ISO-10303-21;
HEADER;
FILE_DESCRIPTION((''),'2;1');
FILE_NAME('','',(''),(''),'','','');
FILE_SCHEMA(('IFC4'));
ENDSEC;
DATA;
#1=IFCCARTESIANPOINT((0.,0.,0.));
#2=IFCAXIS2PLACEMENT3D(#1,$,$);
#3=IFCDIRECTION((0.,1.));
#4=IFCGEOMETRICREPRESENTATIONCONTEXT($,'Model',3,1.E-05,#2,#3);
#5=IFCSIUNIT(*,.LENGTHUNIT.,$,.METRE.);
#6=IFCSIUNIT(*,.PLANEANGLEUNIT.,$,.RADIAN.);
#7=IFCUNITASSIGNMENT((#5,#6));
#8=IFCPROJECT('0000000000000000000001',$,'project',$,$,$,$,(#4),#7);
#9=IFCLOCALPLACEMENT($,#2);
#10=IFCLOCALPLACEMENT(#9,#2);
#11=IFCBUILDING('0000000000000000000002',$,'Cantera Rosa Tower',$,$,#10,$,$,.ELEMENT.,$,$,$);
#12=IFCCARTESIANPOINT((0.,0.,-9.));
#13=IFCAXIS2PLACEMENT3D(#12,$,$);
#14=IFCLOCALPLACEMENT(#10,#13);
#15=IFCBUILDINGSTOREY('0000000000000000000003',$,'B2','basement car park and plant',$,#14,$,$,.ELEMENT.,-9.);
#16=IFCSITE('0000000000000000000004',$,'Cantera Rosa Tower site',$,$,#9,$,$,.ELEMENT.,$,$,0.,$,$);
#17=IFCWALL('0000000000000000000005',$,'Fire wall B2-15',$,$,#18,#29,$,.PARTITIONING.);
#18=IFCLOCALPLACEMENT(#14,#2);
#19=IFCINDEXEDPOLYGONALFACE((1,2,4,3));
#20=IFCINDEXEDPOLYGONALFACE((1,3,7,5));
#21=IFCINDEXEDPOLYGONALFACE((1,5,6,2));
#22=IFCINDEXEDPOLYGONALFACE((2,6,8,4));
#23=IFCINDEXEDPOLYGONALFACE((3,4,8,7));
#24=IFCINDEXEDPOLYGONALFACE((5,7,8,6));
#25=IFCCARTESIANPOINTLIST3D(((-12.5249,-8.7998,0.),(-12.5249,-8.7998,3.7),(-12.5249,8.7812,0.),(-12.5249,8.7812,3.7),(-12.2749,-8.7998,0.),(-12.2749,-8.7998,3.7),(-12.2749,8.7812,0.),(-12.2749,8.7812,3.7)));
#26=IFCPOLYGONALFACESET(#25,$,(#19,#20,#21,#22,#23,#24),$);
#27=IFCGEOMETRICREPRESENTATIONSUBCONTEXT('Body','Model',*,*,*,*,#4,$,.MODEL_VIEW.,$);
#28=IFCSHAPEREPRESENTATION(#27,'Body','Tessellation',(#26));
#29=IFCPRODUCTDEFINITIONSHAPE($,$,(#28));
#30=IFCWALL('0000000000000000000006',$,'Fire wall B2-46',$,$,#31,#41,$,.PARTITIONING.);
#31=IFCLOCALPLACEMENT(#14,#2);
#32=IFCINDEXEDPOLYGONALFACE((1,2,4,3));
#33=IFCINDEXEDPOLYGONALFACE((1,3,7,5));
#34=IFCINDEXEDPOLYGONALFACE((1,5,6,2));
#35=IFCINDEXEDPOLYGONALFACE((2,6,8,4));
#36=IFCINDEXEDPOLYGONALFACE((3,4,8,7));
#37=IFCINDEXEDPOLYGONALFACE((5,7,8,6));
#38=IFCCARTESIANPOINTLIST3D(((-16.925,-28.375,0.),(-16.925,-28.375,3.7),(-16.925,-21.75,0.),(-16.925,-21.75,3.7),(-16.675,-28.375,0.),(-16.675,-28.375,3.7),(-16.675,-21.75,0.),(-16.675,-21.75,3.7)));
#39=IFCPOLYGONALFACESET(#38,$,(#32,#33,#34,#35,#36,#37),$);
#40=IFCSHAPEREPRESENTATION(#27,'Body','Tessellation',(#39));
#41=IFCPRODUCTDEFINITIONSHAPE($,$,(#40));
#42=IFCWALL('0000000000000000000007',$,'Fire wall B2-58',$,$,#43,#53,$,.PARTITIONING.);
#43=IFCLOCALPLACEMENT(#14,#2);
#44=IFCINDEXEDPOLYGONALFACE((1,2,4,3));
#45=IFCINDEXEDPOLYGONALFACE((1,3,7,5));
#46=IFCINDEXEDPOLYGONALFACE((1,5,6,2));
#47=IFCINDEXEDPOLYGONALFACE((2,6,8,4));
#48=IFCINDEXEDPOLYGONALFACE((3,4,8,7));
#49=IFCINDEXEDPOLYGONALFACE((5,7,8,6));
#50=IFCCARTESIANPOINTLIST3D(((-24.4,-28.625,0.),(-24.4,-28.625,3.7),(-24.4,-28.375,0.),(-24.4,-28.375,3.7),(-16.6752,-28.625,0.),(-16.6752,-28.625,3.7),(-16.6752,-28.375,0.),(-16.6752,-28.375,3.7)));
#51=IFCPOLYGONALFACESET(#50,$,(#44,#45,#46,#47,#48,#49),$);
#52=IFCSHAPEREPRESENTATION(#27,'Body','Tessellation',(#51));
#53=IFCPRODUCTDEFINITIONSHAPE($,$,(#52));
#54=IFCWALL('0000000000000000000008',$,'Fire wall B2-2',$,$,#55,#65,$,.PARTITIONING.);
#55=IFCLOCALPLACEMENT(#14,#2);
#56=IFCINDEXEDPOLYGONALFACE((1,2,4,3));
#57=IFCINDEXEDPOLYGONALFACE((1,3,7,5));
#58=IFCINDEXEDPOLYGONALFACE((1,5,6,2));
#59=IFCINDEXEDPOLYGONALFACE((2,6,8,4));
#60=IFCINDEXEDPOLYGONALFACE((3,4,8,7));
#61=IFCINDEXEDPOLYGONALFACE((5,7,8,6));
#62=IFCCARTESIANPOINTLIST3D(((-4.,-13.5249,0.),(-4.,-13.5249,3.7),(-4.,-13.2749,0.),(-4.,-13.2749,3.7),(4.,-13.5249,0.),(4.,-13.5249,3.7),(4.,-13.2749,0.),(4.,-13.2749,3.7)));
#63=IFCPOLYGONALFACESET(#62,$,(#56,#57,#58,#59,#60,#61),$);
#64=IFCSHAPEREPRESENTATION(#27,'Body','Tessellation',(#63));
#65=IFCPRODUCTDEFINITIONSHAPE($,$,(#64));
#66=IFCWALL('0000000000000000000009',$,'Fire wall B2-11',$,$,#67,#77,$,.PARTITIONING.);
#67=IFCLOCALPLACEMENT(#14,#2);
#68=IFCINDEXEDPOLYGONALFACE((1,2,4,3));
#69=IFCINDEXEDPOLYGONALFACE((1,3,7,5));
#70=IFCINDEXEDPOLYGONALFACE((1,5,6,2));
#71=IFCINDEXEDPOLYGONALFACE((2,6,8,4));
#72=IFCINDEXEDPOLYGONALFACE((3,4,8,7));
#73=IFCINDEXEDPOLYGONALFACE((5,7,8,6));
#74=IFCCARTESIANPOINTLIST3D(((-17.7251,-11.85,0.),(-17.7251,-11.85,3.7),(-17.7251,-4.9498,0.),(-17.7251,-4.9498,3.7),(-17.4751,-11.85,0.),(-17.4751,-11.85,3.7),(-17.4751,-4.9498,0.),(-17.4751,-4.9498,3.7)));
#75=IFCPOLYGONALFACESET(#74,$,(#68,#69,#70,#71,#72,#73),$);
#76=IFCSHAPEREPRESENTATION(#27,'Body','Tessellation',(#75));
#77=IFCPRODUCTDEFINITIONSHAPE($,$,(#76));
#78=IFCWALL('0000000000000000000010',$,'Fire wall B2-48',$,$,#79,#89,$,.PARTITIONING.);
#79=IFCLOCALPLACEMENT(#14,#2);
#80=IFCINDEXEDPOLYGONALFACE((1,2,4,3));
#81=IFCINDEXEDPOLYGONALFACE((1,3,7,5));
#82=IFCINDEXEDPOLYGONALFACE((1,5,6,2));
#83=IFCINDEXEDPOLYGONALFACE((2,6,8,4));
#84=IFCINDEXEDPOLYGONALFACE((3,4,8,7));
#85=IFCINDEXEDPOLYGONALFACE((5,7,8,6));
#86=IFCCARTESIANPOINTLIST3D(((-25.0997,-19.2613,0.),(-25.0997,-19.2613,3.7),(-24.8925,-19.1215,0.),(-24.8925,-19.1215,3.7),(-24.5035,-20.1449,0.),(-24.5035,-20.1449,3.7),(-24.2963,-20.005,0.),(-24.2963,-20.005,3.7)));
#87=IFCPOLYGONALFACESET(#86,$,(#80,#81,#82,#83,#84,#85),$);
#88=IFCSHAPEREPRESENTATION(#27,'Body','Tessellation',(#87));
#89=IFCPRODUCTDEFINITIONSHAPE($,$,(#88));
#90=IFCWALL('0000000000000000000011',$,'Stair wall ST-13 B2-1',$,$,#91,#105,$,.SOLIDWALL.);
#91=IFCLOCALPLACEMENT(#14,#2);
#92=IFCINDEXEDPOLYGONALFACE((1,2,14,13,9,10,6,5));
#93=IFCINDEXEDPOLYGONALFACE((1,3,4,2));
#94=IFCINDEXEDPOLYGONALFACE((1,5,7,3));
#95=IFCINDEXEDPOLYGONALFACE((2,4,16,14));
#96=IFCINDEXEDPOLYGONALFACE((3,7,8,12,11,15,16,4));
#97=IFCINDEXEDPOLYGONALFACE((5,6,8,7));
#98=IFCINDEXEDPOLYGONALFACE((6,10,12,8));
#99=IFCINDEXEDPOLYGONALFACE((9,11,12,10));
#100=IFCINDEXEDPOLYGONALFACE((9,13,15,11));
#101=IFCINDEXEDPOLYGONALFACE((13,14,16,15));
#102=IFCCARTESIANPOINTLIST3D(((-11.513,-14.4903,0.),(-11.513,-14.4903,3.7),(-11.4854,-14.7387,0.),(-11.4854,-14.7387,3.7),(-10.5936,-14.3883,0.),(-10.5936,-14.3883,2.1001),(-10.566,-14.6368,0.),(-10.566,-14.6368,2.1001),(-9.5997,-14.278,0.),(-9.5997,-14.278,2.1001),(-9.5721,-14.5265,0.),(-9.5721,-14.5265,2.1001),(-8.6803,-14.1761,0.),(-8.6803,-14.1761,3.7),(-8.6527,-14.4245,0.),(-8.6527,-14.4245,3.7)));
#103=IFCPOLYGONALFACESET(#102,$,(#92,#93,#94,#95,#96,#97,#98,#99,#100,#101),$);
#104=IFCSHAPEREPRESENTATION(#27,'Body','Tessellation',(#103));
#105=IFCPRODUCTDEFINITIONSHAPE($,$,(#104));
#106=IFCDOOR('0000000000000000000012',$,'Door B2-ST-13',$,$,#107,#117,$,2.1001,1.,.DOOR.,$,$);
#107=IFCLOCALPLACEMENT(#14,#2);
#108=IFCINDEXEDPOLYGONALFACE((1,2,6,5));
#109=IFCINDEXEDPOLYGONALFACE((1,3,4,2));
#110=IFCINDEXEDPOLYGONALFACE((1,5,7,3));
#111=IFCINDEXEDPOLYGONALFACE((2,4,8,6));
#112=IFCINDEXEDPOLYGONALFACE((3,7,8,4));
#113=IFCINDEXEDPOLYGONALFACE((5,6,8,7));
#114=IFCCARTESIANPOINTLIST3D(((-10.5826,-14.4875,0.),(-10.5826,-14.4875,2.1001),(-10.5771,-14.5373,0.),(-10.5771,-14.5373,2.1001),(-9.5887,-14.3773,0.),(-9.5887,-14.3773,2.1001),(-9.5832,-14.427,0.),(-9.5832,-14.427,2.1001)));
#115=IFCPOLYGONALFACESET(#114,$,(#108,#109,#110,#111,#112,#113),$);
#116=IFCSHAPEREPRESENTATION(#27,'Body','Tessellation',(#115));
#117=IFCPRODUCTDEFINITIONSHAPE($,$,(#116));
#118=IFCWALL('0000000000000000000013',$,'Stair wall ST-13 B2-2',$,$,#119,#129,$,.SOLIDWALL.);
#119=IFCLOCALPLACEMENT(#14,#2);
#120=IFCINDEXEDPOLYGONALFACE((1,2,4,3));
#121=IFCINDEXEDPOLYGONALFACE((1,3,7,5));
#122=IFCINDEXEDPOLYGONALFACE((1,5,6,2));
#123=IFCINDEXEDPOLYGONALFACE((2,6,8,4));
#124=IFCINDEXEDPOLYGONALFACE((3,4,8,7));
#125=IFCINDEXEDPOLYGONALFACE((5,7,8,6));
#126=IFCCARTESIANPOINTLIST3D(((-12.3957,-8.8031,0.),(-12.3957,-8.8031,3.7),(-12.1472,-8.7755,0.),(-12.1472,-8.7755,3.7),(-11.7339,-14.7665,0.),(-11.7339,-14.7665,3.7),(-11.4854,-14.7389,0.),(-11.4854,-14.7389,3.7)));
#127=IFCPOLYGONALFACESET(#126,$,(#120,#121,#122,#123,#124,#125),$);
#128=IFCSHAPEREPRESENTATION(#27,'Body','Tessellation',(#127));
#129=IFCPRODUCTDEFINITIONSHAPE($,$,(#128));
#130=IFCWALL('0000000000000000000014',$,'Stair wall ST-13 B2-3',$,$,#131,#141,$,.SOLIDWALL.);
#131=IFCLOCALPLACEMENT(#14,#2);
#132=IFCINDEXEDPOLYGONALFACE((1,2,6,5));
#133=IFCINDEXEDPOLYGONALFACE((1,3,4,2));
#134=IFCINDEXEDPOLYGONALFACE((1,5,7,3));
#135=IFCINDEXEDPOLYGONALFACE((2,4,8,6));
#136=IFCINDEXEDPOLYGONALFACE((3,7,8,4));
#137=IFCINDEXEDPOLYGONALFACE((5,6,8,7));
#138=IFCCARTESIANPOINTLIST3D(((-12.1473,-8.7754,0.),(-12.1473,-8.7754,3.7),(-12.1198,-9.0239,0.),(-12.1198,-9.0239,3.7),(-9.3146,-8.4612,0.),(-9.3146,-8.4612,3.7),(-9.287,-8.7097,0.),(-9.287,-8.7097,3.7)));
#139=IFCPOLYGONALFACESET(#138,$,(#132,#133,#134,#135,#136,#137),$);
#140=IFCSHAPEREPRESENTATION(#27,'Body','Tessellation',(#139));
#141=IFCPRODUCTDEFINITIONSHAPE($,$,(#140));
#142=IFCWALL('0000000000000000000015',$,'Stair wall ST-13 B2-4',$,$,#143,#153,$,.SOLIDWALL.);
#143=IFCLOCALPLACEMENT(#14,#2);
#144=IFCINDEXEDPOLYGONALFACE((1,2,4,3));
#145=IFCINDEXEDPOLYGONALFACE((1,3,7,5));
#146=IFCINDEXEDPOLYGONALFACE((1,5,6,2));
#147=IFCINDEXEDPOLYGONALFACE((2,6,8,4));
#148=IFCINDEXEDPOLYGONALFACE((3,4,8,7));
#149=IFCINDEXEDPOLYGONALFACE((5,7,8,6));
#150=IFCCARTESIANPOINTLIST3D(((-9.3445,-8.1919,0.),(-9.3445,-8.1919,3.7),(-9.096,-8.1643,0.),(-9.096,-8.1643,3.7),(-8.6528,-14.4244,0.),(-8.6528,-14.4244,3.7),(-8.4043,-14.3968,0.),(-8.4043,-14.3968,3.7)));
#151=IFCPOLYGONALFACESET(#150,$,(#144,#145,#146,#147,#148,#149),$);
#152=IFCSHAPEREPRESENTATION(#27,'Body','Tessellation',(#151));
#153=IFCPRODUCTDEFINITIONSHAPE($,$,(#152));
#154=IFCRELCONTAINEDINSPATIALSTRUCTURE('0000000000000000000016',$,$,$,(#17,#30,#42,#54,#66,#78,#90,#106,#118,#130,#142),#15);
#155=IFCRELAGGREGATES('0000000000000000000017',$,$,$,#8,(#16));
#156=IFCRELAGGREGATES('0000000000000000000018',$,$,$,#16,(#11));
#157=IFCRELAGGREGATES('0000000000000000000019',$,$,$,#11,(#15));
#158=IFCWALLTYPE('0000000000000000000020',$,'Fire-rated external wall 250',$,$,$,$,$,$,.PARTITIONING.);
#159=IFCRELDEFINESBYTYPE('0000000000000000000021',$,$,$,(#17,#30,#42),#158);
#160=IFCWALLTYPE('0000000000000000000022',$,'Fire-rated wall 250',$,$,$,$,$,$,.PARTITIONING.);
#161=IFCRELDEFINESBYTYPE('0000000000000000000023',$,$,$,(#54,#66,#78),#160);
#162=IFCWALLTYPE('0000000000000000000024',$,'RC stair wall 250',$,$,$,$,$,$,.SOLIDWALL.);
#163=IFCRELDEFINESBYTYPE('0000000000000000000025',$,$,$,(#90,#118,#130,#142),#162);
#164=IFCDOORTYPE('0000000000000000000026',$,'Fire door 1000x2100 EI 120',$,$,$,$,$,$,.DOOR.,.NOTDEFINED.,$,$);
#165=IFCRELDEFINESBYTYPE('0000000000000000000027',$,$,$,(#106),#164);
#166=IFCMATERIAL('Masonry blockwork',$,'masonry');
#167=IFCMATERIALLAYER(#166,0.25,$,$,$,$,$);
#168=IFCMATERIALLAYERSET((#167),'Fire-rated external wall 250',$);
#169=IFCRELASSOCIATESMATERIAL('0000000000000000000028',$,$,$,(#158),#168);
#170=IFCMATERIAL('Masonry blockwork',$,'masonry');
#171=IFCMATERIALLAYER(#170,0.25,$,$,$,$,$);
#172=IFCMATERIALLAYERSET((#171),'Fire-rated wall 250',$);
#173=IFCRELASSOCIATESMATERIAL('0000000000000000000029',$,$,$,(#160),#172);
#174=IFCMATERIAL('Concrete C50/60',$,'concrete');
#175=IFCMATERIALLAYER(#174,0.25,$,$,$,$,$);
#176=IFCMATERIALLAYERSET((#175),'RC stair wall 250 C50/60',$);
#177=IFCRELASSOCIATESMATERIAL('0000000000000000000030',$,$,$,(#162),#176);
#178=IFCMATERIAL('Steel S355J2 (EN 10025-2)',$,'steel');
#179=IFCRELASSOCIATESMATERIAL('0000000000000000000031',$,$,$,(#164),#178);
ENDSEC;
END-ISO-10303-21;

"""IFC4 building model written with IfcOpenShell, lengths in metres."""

from ifc_helpers import new_model, si_unit, direction, frame, frame_2d, origin, place, context, subcontext, project, spatial, rectangle, extrude, material, layer, layer_set, type_object, element, fill, save


model = new_model("IFC4")

# Units and contexts
model_context = context("Model", 3, precision=1e-05, world=origin(), true_north=direction((0.0, 1.0)))
body_context = subcontext(model_context, "Body", "Model", "MODEL_VIEW")
ifc_project = project(units=[si_unit("LENGTHUNIT", "METRE"), si_unit("PLANEANGLEUNIT", "RADIAN")], contexts=[model_context])

# Site, building, storey
site_placement = place(None, origin())
site = spatial("IfcSite", under=ifc_project, at=site_placement, Name="Cantera Rosa Tower site", CompositionType="ELEMENT", RefElevation=0.0)
building_placement = place(site_placement, origin())
building = spatial("IfcBuilding", under=site, at=building_placement, Name="Cantera Rosa Tower", CompositionType="ELEMENT")
storey_placement = place(building_placement, frame((0.0, 0.0, -9.0)))
storey = spatial("IfcBuildingStorey", under=building, at=storey_placement, Name="B2", Description="basement car park and plant", CompositionType="ELEMENT", Elevation=-9.0)

# Walls
ifc_material_1 = material(Name="Masonry blockwork", Category="masonry")
ifc_layer_1 = layer(ifc_material_1, 0.25)
ifc_layer_set_1 = layer_set([ifc_layer_1], Name="Fire-rated external wall 250")
wall_type_1 = type_object("IfcWallType", Name="Fire-rated external wall 250", PredefinedType="PARTITIONING", material=ifc_layer_set_1)
wall_1_placement = place(storey_placement, frame((-12.3999, -8.7998, 0.0), z_axis=(0.0, 0.0, 1.0), x_axis=(0.0, 1.0, 0.0)))
element("IfcWall", 1, at=wall_1_placement, inside=storey, type_object=wall_type_1, Name="Fire wall B2-15", PredefinedType="PARTITIONING", context=body_context, shape_type="SweptSolid", body=[
    extrude(rectangle(XDim=17.5811, YDim=0.25, at=frame_2d((8.7905, 0.0))), origin(), (0.0, 0.0, 1.0), 3.7),
])
wall_2_placement = place(storey_placement, frame((-16.8, -28.375, 0.0), z_axis=(0.0, 0.0, 1.0), x_axis=(0.0, 1.0, 0.0)))
element("IfcWall", 2, at=wall_2_placement, inside=storey, type_object=wall_type_1, Name="Fire wall B2-46", PredefinedType="PARTITIONING", context=body_context, shape_type="SweptSolid", body=[
    extrude(rectangle(XDim=6.625, YDim=0.25, at=frame_2d((3.3125, 0.0))), origin(), (0.0, 0.0, 1.0), 3.7),
])
wall_3_placement = place(storey_placement, frame((-24.3999, -28.5, 0.0), z_axis=(0.0, 0.0, 1.0), x_axis=(1.0, 0.0, 0.0)))
element("IfcWall", 3, at=wall_3_placement, inside=storey, type_object=wall_type_1, Name="Fire wall B2-58", PredefinedType="PARTITIONING", context=body_context, shape_type="SweptSolid", body=[
    extrude(rectangle(XDim=7.7249, YDim=0.25, at=frame_2d((3.8623, 0.0))), origin(), (0.0, 0.0, 1.0), 3.7),
])
ifc_material_2 = material(Name="Masonry blockwork", Category="masonry")
ifc_layer_2 = layer(ifc_material_2, 0.25)
ifc_layer_set_2 = layer_set([ifc_layer_2], Name="Fire-rated wall 250")
wall_type_2 = type_object("IfcWallType", Name="Fire-rated wall 250", PredefinedType="PARTITIONING", material=ifc_layer_set_2)
wall_4_placement = place(storey_placement, frame((-4.0, -13.3999, 0.0), z_axis=(0.0, 0.0, 1.0), x_axis=(1.0, 0.0, 0.0)))
element("IfcWall", 4, at=wall_4_placement, inside=storey, type_object=wall_type_2, Name="Fire wall B2-2", PredefinedType="PARTITIONING", context=body_context, shape_type="SweptSolid", body=[
    extrude(rectangle(XDim=8.0, YDim=0.25, at=frame_2d((4.0, 0.0))), origin(), (0.0, 0.0, 1.0), 3.7),
])
wall_5_placement = place(storey_placement, frame((-17.6001, -11.8501, 0.0), z_axis=(0.0, 0.0, 1.0), x_axis=(0.0, 1.0, 0.0)))
element("IfcWall", 5, at=wall_5_placement, inside=storey, type_object=wall_type_2, Name="Fire wall B2-11", PredefinedType="PARTITIONING", context=body_context, shape_type="SweptSolid", body=[
    extrude(rectangle(XDim=6.9001, YDim=0.25, at=frame_2d((3.4502, 0.0))), origin(), (0.0, 0.0, 1.0), 3.7),
])
wall_6_placement = place(storey_placement, frame((-24.3999, -20.075, 0.0), z_axis=(0.0, 0.0, 1.0), x_axis=(-0.559343, 0.828936, 0.0)))
element("IfcWall", 6, at=wall_6_placement, inside=storey, type_object=wall_type_2, Name="Fire wall B2-48", PredefinedType="PARTITIONING", context=body_context, shape_type="SweptSolid", body=[
    extrude(rectangle(XDim=1.0659, YDim=0.25, at=frame_2d((0.533, 0.0))), origin(), (0.0, 0.0, 1.0), 3.7),
])

# Wall, opening, door
ifc_material_3 = material(Name="Concrete C50/60", Category="concrete")
ifc_layer_3 = layer(ifc_material_3, 0.25)
ifc_layer_set_3 = layer_set([ifc_layer_3], Name="RC stair wall 250 C50/60")
wall_type_3 = type_object("IfcWallType", Name="RC stair wall 250", PredefinedType="SOLIDWALL", material=ifc_layer_set_3)
wall_7_placement = place(storey_placement, frame((-8.6665, -14.3003, 0.0), z_axis=(0.0, 0.0, 1.0), x_axis=(-0.993905, -0.110243, 0.0)))
wall_7 = element("IfcWall", 7, at=wall_7_placement, inside=storey, type_object=wall_type_3, Name="Stair wall ST-13 B2-1", PredefinedType="SOLIDWALL", context=body_context, shape_type="SweptSolid", body=[
    extrude(rectangle(XDim=2.8501, YDim=0.25, at=frame_2d((1.425, 0.0))), origin(), (0.0, 0.0, 1.0), 3.7),
])
opening_placement = place(wall_7_placement, frame((0.925, 0.0, 0.0)))
opening = element("IfcOpeningElement", 8, at=opening_placement, cuts=wall_7, PredefinedType="OPENING", context=body_context, shape_type="SweptSolid", body=[
    extrude(rectangle(XDim=1.0, YDim=2.1001, at=frame_2d((0.5, 1.05))), frame((0.0, 0.135, 0.0), z_axis=(0.0, -1.0, 0.0), x_axis=(1.0, 0.0, 0.0)), (0.0, 0.0, 1.0), 0.27),
])
ifc_material_4 = material(Name="Steel S355J2 (EN 10025-2)", Category="steel")
door_type = type_object("IfcDoorType", Name="Fire door 1000x2100 EI 120", OperationType="NOTDEFINED", PredefinedType="DOOR", material=ifc_material_4)
door_placement = place(opening_placement, origin())
door = element("IfcDoor", 9, at=door_placement, inside=storey, type_object=door_type, Name="Door B2-ST-13", OverallHeight=2.1001, OverallWidth=1.0, PredefinedType="DOOR", context=body_context, shape_type="SweptSolid", body=[
    extrude(rectangle(XDim=1.0, YDim=2.1001, at=frame_2d((0.5, 1.05))), frame((0.0, 0.0249, 0.0), z_axis=(0.0, -1.0, 0.0), x_axis=(1.0, 0.0, 0.0)), (0.0, 0.0, 1.0), 0.05),
])
fill(opening, door)

# Walls
wall_8_placement = place(storey_placement, frame((-11.6096, -14.7527, 0.0), z_axis=(0.0, 0.0, 1.0), x_axis=(-0.110311, 0.993897, 0.0)))
element("IfcWall", 10, at=wall_8_placement, inside=storey, type_object=wall_type_3, Name="Stair wall ST-13 B2-2", PredefinedType="SOLIDWALL", context=body_context, shape_type="SweptSolid", body=[
    extrude(rectangle(XDim=6.0, YDim=0.25, at=frame_2d((3.0, 0.0))), origin(), (0.0, 0.0, 1.0), 3.7),
])
wall_9_placement = place(storey_placement, frame((-12.1335, -8.8997, 0.0), z_axis=(0.0, 0.0, 1.0), x_axis=(0.993905, 0.110243, 0.0)))
element("IfcWall", 11, at=wall_9_placement, inside=storey, type_object=wall_type_3, Name="Stair wall ST-13 B2-3", PredefinedType="SOLIDWALL", context=body_context, shape_type="SweptSolid", body=[
    extrude(rectangle(XDim=2.8501, YDim=0.25, at=frame_2d((1.425, 0.0))), origin(), (0.0, 0.0, 1.0), 3.7),
])
wall_10_placement = place(storey_placement, frame((-9.2202, -8.1782, 0.0), z_axis=(0.0, 0.0, 1.0), x_axis=(0.110299, -0.993898, 0.0)))
element("IfcWall", 12, at=wall_10_placement, inside=storey, type_object=wall_type_3, Name="Stair wall ST-13 B2-4", PredefinedType="SOLIDWALL", context=body_context, shape_type="SweptSolid", body=[
    extrude(rectangle(XDim=6.2708, YDim=0.25, at=frame_2d((3.1353, 0.0))), origin(), (0.0, 0.0, 1.0), 3.7),
])

save(model, "model.ifc")
